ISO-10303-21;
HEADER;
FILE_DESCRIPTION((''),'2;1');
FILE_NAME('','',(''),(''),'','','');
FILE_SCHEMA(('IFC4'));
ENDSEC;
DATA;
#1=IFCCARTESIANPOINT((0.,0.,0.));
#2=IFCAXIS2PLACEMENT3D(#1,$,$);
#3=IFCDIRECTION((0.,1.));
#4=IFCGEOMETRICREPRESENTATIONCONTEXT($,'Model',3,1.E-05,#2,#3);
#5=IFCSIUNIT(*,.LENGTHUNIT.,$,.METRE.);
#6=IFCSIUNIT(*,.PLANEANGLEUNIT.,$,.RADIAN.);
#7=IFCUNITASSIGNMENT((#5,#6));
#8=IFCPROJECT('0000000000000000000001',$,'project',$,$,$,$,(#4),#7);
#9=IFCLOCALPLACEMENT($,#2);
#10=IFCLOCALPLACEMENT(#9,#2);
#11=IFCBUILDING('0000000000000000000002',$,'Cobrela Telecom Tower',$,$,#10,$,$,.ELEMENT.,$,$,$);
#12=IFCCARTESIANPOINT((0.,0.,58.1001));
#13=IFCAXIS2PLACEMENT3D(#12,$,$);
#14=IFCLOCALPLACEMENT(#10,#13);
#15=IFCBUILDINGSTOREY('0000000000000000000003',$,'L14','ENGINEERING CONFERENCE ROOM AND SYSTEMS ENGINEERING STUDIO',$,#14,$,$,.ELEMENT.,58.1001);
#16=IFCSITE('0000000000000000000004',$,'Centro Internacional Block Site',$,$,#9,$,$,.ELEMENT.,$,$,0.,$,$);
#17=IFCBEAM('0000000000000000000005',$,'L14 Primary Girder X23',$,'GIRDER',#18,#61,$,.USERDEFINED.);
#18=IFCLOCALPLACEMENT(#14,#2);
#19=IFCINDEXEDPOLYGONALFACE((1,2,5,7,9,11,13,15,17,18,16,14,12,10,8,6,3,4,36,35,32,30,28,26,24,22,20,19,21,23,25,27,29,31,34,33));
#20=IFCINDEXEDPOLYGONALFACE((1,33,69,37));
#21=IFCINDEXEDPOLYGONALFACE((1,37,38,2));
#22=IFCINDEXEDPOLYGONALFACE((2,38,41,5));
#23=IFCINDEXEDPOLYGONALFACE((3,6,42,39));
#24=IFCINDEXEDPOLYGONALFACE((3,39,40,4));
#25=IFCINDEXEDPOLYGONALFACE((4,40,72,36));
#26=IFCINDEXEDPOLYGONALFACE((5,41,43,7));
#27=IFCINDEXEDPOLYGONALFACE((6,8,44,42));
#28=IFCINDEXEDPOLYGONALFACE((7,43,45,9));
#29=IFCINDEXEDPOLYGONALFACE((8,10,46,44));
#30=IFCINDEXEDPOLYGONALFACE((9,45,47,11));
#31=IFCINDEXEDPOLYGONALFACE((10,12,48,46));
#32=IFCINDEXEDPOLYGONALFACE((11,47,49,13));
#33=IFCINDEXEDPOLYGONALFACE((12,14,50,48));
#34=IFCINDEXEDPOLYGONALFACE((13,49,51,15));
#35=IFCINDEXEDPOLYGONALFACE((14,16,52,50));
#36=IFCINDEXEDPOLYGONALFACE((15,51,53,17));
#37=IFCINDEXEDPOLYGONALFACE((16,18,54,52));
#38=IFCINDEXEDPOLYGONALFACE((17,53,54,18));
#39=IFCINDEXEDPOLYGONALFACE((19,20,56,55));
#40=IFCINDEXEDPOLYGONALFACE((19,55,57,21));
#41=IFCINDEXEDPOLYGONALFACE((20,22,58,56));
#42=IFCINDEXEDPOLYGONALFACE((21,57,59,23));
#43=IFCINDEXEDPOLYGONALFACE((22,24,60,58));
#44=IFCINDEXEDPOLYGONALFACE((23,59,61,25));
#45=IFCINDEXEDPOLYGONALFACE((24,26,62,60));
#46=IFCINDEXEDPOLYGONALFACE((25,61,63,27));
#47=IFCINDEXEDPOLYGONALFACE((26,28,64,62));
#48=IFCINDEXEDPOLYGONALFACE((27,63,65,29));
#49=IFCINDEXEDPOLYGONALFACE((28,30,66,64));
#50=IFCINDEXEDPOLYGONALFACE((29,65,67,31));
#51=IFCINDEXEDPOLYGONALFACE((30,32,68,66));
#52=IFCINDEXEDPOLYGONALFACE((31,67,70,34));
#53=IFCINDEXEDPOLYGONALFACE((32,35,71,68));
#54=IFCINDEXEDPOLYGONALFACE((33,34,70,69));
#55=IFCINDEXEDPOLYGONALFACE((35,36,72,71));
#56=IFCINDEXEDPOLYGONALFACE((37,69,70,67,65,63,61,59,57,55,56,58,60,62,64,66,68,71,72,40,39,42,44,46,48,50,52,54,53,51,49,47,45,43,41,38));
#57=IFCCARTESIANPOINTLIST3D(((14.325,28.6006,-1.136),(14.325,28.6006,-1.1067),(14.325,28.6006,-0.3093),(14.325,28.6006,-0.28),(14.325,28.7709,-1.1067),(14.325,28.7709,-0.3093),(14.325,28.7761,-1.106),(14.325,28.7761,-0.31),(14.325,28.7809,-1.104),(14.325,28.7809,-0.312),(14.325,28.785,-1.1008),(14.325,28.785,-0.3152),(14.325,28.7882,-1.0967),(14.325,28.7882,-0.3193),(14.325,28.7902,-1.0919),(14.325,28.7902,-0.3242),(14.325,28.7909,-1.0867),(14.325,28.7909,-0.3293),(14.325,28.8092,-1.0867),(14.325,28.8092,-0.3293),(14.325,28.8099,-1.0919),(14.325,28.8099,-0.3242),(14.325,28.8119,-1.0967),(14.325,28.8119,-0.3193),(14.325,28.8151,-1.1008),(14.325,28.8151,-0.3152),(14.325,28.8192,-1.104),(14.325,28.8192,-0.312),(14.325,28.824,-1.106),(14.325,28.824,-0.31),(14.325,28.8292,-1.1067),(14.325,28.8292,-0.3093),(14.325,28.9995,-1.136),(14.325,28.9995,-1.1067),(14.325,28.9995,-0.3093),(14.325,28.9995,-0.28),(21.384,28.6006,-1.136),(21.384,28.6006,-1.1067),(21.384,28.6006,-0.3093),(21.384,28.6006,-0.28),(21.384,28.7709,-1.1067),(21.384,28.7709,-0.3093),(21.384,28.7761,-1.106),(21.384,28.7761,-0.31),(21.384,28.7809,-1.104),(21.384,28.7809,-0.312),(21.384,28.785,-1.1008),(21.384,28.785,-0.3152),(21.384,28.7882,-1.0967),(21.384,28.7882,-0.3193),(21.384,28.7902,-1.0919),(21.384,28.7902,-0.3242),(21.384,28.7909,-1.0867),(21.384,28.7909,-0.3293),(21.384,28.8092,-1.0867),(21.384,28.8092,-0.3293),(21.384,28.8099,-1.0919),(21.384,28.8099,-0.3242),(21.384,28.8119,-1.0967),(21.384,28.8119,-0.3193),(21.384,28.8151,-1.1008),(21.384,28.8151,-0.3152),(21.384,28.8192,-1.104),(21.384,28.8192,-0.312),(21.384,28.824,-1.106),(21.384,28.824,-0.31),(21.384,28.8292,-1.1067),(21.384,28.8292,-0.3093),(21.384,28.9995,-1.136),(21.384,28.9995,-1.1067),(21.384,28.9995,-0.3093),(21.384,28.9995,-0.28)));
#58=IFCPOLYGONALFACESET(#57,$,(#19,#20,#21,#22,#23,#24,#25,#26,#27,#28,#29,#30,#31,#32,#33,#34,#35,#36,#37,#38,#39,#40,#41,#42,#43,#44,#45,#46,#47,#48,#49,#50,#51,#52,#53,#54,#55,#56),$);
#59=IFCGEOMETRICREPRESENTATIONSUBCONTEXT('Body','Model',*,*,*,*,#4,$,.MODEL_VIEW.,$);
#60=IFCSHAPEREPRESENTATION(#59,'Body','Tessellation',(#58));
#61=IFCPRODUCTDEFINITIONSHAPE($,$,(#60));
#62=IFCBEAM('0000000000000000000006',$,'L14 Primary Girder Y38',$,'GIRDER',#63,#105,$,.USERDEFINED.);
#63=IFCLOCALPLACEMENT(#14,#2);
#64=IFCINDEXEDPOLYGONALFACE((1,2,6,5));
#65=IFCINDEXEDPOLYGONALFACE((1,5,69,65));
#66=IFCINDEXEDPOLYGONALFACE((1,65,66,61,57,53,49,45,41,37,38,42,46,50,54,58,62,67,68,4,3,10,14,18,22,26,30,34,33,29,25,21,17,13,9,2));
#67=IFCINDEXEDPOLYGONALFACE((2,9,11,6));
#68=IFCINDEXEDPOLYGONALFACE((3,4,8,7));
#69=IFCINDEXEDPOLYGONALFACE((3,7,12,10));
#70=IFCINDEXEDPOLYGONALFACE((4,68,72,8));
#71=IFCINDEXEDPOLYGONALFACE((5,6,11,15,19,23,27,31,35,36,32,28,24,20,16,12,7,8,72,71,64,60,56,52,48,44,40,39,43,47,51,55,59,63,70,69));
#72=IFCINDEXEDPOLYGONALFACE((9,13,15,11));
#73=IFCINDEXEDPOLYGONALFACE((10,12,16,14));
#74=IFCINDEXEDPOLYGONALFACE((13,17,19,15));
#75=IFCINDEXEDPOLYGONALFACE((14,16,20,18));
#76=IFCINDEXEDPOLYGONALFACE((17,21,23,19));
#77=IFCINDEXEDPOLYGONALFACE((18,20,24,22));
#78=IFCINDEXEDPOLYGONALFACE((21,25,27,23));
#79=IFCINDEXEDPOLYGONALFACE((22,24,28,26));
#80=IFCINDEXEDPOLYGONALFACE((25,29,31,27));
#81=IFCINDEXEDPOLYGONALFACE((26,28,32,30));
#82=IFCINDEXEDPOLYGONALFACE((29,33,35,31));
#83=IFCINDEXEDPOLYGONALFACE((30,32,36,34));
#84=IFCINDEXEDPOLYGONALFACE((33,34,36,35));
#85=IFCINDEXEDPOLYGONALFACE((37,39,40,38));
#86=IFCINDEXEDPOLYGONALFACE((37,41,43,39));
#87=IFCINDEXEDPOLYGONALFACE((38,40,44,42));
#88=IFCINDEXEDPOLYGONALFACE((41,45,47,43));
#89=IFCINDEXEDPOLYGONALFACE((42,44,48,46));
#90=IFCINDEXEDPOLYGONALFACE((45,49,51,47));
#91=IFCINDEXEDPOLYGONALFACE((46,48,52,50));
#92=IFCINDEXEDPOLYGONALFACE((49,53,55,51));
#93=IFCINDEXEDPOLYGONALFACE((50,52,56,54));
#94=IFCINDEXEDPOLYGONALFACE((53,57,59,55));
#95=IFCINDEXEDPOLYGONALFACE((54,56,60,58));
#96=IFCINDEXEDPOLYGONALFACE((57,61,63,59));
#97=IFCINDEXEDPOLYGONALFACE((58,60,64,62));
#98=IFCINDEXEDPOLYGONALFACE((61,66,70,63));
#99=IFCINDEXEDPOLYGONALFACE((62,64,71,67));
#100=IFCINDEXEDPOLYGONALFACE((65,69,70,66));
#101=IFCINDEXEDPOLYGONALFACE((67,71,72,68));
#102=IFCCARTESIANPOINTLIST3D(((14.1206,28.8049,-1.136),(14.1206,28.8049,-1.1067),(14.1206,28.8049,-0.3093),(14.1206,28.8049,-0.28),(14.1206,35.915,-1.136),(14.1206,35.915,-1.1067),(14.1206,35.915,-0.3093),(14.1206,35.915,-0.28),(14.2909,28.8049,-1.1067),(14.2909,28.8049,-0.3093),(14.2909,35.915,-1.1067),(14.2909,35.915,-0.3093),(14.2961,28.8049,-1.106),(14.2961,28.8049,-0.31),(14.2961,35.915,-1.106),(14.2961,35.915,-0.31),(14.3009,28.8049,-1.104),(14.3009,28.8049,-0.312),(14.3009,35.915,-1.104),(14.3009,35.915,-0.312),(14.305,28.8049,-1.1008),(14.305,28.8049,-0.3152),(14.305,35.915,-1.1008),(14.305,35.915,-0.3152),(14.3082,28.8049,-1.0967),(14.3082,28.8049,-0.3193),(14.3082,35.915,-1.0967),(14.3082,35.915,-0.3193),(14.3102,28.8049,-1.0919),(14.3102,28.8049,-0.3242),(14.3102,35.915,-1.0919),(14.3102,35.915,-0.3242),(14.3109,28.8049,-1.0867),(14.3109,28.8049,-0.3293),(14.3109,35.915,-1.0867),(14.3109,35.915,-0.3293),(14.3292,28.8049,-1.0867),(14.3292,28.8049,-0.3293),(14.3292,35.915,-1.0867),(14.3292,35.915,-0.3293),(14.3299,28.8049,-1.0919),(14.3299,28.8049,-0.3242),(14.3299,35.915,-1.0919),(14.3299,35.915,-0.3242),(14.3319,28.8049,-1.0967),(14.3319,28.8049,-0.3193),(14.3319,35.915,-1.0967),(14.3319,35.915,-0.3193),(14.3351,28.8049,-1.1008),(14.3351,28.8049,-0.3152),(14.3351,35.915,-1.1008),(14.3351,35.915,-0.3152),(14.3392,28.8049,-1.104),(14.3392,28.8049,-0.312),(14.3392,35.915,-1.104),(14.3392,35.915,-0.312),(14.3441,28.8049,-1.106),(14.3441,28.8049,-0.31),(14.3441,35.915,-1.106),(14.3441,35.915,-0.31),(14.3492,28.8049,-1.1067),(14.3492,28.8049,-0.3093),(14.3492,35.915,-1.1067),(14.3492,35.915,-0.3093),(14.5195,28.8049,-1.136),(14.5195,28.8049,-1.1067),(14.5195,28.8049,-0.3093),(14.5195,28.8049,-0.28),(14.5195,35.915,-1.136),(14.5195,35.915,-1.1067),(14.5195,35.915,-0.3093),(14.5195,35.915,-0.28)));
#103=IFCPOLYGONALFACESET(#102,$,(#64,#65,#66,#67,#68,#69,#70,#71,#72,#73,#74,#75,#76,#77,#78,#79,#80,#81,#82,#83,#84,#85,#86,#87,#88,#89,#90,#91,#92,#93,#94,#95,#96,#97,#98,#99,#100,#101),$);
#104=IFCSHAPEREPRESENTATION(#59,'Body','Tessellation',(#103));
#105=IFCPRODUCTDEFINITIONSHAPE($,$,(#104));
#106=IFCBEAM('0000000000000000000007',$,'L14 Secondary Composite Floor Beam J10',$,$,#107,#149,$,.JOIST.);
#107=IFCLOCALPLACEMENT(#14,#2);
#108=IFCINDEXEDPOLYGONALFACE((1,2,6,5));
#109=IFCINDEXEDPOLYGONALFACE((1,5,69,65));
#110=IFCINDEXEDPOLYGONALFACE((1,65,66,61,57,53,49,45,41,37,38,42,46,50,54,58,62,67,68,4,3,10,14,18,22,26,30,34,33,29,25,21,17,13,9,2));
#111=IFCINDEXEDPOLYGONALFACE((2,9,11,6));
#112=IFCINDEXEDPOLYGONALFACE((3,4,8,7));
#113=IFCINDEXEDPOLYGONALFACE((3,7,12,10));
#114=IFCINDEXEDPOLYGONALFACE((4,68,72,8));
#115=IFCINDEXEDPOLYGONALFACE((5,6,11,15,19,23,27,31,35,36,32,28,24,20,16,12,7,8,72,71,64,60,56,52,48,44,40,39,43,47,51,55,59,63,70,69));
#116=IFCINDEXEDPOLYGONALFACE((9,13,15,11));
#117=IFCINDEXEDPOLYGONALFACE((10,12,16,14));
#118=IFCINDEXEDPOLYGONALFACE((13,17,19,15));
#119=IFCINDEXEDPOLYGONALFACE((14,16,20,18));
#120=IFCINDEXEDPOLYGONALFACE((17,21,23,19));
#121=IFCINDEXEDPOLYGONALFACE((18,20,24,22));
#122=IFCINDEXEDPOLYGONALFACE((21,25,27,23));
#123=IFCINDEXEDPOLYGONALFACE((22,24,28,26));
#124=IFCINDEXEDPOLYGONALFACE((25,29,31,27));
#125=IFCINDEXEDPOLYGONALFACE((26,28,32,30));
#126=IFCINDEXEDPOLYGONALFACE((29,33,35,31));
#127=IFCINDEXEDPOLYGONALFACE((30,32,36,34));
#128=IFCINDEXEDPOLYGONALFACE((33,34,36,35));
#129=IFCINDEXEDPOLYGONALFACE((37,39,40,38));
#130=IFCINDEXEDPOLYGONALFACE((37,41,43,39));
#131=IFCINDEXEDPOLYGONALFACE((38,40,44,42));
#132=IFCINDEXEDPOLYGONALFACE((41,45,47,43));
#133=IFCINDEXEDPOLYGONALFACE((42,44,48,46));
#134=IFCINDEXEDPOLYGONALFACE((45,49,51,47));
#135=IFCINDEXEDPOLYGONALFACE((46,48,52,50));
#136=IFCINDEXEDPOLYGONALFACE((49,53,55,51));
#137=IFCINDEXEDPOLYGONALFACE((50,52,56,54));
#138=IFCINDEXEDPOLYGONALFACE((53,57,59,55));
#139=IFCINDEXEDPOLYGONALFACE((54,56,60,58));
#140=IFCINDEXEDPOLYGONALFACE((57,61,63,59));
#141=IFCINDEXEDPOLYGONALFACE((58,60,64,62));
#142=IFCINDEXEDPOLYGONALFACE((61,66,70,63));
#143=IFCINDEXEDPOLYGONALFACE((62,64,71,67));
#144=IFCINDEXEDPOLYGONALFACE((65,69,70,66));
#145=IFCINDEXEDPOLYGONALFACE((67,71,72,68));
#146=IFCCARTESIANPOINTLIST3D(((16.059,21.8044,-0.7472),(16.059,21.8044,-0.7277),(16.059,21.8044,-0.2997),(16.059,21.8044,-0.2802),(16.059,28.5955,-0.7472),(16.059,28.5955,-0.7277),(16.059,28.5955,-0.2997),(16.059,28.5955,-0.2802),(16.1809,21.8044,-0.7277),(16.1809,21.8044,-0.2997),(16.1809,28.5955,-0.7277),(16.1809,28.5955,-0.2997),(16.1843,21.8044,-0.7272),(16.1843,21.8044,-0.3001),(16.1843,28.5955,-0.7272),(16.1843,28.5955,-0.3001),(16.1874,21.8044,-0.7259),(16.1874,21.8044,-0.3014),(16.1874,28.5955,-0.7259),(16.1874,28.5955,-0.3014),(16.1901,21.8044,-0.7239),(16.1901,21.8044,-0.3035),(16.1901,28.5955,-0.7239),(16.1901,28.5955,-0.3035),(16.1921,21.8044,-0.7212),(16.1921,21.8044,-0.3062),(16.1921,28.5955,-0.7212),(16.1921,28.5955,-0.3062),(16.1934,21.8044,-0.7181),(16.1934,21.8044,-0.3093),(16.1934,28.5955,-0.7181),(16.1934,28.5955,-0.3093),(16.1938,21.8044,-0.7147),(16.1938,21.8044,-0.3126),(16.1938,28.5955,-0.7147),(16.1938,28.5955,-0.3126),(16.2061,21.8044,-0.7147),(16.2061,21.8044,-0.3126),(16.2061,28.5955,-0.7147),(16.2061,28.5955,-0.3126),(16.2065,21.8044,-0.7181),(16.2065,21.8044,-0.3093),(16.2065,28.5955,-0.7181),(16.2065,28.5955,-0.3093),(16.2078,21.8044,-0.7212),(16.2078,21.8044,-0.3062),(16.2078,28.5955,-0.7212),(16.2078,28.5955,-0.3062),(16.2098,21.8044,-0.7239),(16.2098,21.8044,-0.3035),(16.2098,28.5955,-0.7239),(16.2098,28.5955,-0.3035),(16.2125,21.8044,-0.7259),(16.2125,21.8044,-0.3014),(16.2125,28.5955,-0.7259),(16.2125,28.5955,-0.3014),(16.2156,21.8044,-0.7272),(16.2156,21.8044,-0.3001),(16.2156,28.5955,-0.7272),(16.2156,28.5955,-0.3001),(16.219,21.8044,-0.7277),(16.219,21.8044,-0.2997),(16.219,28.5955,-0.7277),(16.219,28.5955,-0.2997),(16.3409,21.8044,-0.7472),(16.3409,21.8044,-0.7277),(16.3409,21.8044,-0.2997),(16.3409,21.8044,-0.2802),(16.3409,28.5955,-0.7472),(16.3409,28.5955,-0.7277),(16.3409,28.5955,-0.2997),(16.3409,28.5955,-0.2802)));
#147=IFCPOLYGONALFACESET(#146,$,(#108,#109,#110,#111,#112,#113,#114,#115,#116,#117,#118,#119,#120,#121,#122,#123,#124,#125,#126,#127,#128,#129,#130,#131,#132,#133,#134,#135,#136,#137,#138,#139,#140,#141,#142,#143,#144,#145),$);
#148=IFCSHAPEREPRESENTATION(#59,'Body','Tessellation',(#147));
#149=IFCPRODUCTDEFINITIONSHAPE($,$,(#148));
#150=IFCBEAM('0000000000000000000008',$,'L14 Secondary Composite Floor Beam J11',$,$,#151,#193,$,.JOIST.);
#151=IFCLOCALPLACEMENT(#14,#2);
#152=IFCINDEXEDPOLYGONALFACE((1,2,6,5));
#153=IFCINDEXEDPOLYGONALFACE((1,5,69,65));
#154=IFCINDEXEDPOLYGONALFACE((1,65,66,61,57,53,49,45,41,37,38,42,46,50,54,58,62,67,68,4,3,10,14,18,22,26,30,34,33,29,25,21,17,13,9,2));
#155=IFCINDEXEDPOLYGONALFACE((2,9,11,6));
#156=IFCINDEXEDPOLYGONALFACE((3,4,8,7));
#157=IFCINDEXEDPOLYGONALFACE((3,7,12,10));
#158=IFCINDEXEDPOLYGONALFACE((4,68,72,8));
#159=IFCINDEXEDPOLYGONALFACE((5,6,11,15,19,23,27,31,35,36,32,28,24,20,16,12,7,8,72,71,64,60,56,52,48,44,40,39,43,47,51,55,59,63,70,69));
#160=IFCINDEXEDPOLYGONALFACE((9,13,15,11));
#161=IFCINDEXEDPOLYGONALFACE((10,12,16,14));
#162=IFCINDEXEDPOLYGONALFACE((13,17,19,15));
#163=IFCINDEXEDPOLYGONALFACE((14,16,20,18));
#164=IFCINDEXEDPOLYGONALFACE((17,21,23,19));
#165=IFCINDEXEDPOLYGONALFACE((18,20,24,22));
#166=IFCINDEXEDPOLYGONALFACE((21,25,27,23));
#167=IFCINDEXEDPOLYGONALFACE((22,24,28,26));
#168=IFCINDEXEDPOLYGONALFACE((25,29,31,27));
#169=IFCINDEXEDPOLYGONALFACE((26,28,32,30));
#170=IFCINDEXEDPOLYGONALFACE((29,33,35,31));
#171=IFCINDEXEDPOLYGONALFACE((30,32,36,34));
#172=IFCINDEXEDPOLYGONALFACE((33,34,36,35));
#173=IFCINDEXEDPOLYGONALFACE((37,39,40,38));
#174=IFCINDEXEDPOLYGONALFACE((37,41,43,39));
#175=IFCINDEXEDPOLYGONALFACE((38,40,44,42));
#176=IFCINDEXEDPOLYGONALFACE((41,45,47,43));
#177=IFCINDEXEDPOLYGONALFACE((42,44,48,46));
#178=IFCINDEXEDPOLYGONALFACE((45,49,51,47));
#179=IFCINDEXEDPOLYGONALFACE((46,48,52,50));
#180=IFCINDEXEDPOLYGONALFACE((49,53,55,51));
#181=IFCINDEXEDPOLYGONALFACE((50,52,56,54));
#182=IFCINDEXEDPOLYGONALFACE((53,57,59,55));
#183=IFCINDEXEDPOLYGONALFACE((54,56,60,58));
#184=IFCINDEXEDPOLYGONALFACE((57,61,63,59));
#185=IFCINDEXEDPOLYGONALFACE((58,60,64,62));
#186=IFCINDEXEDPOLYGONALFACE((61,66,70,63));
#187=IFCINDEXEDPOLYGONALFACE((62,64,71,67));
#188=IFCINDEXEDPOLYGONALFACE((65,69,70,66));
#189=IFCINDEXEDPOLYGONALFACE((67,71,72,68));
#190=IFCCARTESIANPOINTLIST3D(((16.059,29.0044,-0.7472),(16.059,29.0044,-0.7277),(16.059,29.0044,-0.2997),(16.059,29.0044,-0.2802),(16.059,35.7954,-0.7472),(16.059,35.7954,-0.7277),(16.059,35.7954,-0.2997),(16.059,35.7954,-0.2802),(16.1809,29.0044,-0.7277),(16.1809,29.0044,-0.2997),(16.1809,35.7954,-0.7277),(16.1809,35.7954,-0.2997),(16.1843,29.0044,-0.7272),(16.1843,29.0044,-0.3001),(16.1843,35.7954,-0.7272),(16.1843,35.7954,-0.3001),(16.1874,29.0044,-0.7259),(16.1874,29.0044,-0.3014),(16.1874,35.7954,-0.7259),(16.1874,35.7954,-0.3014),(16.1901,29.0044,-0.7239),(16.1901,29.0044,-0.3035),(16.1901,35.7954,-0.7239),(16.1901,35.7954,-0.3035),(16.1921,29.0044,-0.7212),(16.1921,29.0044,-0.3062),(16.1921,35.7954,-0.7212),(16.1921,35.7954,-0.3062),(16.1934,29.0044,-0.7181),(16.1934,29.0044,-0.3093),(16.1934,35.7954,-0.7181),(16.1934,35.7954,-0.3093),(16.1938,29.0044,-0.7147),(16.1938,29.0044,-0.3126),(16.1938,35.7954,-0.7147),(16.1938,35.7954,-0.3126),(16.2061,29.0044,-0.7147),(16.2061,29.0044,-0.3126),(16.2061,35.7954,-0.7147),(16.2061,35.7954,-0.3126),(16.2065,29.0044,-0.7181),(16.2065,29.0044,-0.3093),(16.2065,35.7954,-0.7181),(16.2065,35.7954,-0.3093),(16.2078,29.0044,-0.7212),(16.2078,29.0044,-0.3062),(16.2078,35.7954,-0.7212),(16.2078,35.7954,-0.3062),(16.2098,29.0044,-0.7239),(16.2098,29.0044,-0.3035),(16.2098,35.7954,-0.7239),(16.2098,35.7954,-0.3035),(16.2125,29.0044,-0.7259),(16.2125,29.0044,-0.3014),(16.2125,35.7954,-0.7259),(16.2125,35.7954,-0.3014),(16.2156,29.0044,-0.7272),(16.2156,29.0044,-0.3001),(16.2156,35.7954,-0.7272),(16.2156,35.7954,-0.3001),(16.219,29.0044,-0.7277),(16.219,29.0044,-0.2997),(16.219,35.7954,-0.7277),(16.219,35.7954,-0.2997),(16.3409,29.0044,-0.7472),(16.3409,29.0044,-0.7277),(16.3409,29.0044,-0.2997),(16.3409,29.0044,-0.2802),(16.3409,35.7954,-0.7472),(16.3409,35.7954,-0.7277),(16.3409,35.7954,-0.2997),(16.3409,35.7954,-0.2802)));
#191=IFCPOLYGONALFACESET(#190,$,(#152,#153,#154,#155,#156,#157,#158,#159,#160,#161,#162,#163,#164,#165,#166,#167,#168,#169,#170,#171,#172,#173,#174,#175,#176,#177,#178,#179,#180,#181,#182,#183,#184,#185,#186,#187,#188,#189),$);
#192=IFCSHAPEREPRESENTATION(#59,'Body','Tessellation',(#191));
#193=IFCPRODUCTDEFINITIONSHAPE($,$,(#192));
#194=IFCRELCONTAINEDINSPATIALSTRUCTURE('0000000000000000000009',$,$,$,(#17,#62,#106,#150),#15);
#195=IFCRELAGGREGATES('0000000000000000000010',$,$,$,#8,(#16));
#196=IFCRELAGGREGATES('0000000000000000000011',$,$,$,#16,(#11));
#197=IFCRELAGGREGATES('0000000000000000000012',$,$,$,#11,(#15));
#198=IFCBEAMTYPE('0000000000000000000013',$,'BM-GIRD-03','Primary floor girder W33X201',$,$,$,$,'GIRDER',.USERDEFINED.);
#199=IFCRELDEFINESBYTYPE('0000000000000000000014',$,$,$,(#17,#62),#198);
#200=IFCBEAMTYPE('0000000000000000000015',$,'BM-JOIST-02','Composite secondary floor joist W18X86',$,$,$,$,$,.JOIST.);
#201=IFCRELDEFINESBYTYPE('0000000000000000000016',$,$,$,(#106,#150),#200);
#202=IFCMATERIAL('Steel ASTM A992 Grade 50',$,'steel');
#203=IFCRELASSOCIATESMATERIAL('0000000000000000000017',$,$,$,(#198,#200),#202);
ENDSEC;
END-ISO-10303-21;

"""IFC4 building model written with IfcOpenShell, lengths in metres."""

from ifc_helpers import new_model, si_unit, direction, frame, origin, origin_2d, place, context, subcontext, project, spatial, i_section, extrude, material, material_profile, profile_set, type_object, element, save


model = new_model("IFC4")

# Units and contexts
model_context = context("Model", 3, precision=1e-05, world=origin(), true_north=direction((0.0, 1.0)))
body_context = subcontext(model_context, "Body", "Model", "MODEL_VIEW")
ifc_project = project(units=[si_unit("LENGTHUNIT", "METRE"), si_unit("PLANEANGLEUNIT", "RADIAN")], contexts=[model_context])

# Site, building, storey
site_placement = place(None, origin())
site = spatial("IfcSite", under=ifc_project, at=site_placement, Name="Centro Internacional Block Site", CompositionType="ELEMENT", RefElevation=0.0)
building_placement = place(site_placement, origin())
building = spatial("IfcBuilding", under=site, at=building_placement, Name="Cobrela Telecom Tower", CompositionType="ELEMENT")
storey_placement = place(building_placement, frame((0.0, 0.0, 58.1001)))
storey = spatial("IfcBuildingStorey", under=building, at=storey_placement, Name="L14", Description="ENGINEERING CONFERENCE ROOM AND SYSTEMS ENGINEERING STUDIO", CompositionType="ELEMENT", Elevation=58.1001)

# Beams
ifc_material_1 = material(Name="Steel ASTM A992 Grade 50", Category="steel")
ifc_material_profile_1 = material_profile(ifc_material_1, i_section(OverallWidth=0.3989, OverallDepth=0.856, WebThickness=0.0183, FlangeThickness=0.0293, FilletRadius=0.02, at=origin_2d()), Name="W33X201")
ifc_profile_set_1 = profile_set([ifc_material_profile_1], Name="Steel ASTM A992 Grade 50")
beam_type_1 = type_object("IfcBeamType", Name="BM-GIRD-03", Description="Primary floor girder W33X201", ElementType="GIRDER", PredefinedType="USERDEFINED", material=ifc_profile_set_1)
beam_1_placement = place(storey_placement, frame((14.325, 28.8, -0.708), z_axis=(1.0, 0.0, 0.0), x_axis=(0.0, 1.0, 0.0)))
element("IfcBeam", 1, at=beam_1_placement, inside=storey, type_object=beam_type_1, Name="L14 Primary Girder X23", ObjectType="GIRDER", PredefinedType="USERDEFINED", context=body_context, shape_type="SweptSolid", body=[
    extrude(i_section(OverallWidth=0.3989, OverallDepth=0.856, WebThickness=0.0183, FlangeThickness=0.0293, FilletRadius=0.02, at=origin_2d()), origin(), (0.0, 0.0, 1.0), 7.0591),
])
beam_2_placement = place(storey_placement, frame((14.3201, 28.8049, -0.708), z_axis=(0.0, 1.0, 0.0), x_axis=(-1.0, 0.0, 0.0)))
element("IfcBeam", 2, at=beam_2_placement, inside=storey, type_object=beam_type_1, Name="L14 Primary Girder Y38", ObjectType="GIRDER", PredefinedType="USERDEFINED", context=body_context, shape_type="SweptSolid", body=[
    extrude(i_section(OverallWidth=0.3989, OverallDepth=0.856, WebThickness=0.0183, FlangeThickness=0.0293, FilletRadius=0.02, at=origin_2d()), origin(), (0.0, 0.0, 1.0), 7.1101),
])
ifc_material_profile_2 = material_profile(ifc_material_1, i_section(OverallWidth=0.282, OverallDepth=0.467, WebThickness=0.0122, FlangeThickness=0.0195, FilletRadius=0.0129, at=origin_2d()), Name="W18X86")
ifc_profile_set_2 = profile_set([ifc_material_profile_2], Name="Steel ASTM A992 Grade 50")
beam_type_2 = type_object("IfcBeamType", Name="BM-JOIST-02", Description="Composite secondary floor joist W18X86", PredefinedType="JOIST", material=ifc_profile_set_2)
for number, where, z_axis, x_axis, name in (
    (3, (16.2, 21.8044, -0.5137), (0.0, 1.0, 0.0), (-1.0, 0.0, 0.0), "L14 Secondary Composite Floor Beam J10"),
    (4, (16.2, 29.0044, -0.5137), (0.0, 1.0, 0.0), (-1.0, 0.0, 0.0), "L14 Secondary Composite Floor Beam J11"),
):
    element("IfcBeam", number, at=place(storey_placement, frame(where, z_axis=z_axis, x_axis=x_axis)), inside=storey, type_object=beam_type_2, Name=name, PredefinedType="JOIST", context=body_context, shape_type="SweptSolid", body=[
        extrude(i_section(OverallWidth=0.282, OverallDepth=0.467, WebThickness=0.0122, FlangeThickness=0.0195, FilletRadius=0.0129, at=origin_2d()), origin(), (0.0, 0.0, 1.0), 6.791),
    ])

save(model, "model.ifc")
